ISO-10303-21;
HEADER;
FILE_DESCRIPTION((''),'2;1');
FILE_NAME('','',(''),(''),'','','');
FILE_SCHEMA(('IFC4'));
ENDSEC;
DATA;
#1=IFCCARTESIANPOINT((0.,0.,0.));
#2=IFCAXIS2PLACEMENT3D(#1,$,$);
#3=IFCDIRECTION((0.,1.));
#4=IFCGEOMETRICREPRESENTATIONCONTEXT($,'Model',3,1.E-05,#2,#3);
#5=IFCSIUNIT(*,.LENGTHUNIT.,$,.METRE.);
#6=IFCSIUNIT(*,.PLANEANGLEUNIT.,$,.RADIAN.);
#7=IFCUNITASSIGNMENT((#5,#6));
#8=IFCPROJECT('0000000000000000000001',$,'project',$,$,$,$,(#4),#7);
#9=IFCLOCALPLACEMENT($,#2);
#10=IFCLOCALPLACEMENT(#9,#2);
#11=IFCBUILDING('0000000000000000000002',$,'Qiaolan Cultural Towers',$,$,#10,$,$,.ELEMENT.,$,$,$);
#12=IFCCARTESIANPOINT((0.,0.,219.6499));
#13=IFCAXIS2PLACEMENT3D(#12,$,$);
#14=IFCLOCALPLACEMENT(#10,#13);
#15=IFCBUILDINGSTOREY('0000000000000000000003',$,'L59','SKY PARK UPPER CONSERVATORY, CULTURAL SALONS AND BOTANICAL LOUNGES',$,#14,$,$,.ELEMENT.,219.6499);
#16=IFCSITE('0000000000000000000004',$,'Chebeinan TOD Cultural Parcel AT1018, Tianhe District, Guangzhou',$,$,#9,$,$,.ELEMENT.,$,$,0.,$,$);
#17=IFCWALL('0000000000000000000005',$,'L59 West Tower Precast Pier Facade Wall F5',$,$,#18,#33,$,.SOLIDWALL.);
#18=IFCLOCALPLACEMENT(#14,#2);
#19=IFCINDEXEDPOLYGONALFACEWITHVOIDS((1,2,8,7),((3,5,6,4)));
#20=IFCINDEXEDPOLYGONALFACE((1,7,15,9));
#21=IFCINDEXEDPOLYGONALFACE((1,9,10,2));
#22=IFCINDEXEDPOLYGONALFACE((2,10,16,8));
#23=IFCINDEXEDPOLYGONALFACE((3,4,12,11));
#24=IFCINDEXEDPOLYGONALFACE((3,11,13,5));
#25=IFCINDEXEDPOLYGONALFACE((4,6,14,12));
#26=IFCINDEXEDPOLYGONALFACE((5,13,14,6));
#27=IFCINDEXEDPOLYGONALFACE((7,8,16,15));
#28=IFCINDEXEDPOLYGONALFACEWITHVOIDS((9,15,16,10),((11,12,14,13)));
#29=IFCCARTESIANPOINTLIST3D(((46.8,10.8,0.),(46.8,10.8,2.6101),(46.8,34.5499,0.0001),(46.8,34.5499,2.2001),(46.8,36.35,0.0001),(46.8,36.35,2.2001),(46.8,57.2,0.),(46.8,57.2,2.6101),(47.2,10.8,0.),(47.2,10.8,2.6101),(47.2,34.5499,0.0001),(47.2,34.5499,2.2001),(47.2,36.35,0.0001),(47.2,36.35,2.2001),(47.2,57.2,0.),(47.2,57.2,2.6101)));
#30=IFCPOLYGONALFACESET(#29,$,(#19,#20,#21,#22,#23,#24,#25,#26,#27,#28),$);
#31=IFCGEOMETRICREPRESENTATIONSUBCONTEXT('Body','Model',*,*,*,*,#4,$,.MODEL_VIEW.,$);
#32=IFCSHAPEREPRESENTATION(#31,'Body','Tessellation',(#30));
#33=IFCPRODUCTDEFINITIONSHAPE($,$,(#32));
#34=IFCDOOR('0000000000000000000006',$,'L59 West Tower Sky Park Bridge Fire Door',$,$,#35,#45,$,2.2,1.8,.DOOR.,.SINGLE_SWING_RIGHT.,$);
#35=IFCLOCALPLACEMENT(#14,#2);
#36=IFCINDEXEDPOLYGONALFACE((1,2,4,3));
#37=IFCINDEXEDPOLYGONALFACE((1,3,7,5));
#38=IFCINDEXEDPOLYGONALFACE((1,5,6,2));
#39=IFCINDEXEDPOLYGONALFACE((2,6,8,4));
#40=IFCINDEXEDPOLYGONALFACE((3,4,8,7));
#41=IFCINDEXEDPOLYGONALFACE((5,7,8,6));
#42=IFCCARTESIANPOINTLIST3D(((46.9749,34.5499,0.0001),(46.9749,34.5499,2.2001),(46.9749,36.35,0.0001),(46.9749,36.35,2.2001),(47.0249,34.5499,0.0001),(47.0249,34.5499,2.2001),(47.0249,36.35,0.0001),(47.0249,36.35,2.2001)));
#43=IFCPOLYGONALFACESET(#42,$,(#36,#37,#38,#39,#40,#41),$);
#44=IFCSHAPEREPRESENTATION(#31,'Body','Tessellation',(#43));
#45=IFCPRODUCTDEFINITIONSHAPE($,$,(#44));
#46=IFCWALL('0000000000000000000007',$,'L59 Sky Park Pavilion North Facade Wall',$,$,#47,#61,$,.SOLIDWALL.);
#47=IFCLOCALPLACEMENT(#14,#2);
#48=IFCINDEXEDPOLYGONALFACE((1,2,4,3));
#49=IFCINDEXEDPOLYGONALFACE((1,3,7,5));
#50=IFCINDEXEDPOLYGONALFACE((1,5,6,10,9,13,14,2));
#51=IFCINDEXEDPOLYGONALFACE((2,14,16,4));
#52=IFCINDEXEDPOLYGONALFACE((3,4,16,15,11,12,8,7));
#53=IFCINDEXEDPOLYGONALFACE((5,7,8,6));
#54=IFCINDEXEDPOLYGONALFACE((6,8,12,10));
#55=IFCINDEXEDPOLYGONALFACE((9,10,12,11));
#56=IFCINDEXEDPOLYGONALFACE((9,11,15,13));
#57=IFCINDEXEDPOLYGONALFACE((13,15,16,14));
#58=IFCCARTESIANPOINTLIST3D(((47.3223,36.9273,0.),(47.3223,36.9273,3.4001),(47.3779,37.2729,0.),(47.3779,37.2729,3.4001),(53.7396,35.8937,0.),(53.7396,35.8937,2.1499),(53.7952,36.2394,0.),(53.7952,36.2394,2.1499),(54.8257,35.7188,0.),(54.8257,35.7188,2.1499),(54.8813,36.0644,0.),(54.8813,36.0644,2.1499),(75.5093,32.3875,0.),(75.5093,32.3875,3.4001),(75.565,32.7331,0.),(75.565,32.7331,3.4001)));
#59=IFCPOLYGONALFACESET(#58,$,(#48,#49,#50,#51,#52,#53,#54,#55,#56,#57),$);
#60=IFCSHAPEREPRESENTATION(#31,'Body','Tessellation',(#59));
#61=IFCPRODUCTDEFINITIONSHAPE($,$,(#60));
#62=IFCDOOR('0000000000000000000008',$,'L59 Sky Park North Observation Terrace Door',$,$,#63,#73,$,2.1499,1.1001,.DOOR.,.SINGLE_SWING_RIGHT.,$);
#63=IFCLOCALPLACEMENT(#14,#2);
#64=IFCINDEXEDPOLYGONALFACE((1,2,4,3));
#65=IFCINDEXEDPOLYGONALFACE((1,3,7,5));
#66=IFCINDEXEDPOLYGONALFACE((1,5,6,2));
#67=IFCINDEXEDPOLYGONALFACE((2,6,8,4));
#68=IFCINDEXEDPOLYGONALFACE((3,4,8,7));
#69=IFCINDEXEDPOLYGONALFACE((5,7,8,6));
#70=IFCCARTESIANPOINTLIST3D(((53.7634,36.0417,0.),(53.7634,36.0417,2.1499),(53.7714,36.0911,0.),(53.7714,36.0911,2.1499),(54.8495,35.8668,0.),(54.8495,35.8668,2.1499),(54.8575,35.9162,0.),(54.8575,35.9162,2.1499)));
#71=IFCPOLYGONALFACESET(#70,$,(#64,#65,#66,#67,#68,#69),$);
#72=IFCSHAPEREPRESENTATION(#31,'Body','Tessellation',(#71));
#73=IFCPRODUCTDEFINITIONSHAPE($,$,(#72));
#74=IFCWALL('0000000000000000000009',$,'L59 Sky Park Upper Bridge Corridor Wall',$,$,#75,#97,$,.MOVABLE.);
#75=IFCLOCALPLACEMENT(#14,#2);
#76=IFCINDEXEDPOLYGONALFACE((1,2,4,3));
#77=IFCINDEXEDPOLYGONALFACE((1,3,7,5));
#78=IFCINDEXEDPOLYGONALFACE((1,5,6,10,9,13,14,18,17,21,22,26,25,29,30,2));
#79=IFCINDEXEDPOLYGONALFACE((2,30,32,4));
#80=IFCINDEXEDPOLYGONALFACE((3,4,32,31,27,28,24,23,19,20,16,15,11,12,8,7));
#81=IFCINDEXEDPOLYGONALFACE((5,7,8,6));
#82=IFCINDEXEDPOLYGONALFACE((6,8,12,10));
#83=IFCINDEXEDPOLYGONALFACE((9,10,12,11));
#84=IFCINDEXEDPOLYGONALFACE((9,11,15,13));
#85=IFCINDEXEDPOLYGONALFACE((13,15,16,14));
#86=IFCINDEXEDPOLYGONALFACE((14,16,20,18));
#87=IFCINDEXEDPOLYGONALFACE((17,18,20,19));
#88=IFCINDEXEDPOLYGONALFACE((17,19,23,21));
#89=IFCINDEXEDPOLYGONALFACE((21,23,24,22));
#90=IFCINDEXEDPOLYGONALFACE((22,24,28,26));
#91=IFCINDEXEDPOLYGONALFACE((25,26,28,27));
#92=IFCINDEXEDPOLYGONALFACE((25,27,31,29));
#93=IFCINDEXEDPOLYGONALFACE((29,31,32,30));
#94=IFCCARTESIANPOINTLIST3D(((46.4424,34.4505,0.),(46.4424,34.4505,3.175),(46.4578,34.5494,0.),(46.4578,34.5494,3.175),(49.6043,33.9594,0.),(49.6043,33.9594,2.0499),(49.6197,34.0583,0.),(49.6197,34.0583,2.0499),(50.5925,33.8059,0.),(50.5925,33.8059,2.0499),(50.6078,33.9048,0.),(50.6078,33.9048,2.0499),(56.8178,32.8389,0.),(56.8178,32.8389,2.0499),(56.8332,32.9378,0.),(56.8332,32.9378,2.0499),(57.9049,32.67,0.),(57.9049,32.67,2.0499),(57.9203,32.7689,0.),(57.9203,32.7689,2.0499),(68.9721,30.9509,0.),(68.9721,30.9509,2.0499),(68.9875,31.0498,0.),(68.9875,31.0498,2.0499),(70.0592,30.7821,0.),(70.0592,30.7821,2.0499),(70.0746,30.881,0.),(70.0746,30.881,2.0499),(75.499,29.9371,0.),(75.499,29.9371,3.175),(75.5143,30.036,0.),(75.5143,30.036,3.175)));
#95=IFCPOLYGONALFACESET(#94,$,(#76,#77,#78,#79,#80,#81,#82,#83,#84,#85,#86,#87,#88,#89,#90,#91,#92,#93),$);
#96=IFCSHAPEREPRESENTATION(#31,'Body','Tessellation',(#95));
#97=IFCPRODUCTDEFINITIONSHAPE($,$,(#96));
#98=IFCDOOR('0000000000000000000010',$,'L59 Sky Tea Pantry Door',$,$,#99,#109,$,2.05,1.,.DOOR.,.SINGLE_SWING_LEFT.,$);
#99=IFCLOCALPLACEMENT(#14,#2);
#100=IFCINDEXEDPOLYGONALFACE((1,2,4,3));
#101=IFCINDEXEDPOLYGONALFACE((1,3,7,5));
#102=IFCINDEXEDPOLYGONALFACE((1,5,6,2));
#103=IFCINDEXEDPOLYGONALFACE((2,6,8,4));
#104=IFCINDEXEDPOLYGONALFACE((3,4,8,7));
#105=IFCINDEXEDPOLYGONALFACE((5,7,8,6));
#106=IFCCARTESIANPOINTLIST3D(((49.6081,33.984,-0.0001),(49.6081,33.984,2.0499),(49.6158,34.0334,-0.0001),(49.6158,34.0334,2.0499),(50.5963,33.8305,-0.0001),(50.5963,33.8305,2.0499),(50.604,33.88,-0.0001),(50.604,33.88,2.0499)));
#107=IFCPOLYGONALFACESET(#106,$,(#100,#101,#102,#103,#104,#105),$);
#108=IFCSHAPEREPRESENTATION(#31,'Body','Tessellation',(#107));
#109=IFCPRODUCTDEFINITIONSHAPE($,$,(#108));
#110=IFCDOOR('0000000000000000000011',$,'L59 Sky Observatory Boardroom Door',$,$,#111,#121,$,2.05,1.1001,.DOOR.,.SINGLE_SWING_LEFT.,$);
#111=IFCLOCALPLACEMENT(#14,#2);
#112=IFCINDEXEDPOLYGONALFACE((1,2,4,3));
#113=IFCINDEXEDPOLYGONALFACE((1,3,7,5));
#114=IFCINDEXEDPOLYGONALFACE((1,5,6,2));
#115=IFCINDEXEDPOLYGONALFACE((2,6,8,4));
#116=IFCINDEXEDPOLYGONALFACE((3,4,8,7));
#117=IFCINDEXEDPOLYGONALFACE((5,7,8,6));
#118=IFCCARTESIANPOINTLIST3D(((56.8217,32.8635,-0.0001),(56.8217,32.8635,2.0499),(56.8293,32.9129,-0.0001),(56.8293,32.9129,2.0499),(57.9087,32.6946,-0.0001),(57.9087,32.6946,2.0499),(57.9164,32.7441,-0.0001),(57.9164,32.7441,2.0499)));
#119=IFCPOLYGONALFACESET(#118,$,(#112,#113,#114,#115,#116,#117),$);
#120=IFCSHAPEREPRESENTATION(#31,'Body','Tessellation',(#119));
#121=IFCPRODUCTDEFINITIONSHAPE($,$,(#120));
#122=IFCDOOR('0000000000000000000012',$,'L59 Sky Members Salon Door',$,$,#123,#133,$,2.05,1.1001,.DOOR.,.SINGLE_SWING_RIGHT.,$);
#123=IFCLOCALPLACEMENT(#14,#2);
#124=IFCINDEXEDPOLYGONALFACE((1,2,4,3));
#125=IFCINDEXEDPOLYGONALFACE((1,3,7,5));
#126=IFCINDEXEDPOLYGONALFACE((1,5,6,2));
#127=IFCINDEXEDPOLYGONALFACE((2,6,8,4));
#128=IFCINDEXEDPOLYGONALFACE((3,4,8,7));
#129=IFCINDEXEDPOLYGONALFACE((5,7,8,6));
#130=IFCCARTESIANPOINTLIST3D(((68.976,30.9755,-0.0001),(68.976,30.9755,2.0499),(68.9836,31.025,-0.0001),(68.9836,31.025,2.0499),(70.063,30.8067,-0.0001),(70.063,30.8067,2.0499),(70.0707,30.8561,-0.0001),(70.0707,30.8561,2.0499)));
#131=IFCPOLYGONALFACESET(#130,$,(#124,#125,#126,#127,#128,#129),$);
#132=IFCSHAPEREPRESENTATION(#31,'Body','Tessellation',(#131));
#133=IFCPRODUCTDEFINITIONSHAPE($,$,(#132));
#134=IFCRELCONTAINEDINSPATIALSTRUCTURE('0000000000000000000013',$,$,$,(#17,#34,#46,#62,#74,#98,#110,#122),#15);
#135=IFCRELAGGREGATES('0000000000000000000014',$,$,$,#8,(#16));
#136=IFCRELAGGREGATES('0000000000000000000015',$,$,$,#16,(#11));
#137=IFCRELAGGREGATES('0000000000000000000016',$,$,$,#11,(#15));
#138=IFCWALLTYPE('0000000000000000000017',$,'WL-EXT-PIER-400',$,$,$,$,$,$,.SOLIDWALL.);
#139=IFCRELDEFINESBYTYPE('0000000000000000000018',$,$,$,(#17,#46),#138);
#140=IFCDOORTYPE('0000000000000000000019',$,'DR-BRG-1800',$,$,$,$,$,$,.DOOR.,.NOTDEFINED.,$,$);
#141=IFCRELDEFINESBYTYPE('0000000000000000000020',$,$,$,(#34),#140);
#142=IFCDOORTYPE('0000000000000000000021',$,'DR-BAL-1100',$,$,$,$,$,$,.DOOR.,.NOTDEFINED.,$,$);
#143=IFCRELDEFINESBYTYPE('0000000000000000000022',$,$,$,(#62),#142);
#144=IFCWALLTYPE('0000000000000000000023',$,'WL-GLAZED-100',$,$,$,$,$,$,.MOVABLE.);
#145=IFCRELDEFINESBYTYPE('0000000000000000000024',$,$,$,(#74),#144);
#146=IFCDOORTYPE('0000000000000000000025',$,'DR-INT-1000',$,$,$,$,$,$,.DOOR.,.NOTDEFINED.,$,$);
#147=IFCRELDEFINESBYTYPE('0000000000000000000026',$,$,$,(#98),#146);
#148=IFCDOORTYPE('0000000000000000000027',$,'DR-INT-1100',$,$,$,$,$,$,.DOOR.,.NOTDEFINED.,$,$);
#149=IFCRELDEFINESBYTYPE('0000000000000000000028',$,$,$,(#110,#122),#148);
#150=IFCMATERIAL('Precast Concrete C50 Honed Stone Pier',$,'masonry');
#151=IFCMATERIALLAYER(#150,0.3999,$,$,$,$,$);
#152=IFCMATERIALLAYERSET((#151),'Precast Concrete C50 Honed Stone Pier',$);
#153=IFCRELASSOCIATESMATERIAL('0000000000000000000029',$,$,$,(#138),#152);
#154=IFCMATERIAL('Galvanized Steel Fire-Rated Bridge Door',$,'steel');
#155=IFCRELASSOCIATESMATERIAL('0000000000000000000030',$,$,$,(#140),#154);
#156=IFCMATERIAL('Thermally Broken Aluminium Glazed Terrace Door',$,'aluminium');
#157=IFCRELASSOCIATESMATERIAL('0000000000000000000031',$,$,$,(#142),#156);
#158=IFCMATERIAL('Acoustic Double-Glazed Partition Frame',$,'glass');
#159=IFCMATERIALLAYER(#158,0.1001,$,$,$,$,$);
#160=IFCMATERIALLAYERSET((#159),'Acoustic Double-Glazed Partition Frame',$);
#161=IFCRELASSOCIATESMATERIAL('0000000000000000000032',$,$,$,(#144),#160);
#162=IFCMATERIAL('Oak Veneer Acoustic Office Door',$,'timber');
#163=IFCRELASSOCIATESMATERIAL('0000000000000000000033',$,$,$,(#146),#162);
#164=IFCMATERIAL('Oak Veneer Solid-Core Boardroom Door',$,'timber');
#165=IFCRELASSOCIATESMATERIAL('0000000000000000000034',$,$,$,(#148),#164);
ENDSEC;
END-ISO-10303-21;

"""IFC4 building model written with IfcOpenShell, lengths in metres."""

from ifc_helpers import new_model, si_unit, direction, frame, frame_2d, origin, place, context, subcontext, project, spatial, rectangle, extrude, material, layer, layer_set, type_object, element, fill, save


model = new_model("IFC4")

# Units and contexts
model_context = context("Model", 3, precision=1e-05, world=origin(), true_north=direction((0.0, 1.0)))
body_context = subcontext(model_context, "Body", "Model", "MODEL_VIEW")
ifc_project = project(units=[si_unit("LENGTHUNIT", "METRE"), si_unit("PLANEANGLEUNIT", "RADIAN")], contexts=[model_context])

# Site, building, storey
site_placement = place(None, origin())
site = spatial("IfcSite", under=ifc_project, at=site_placement, Name="Chebeinan TOD Cultural Parcel AT1018, Tianhe District, Guangzhou", CompositionType="ELEMENT", RefElevation=0.0)
building_placement = place(site_placement, origin())
building = spatial("IfcBuilding", under=site, at=building_placement, Name="Qiaolan Cultural Towers", CompositionType="ELEMENT")
storey_placement = place(building_placement, frame((0.0, 0.0, 219.6499)))
storey = spatial("IfcBuildingStorey", under=building, at=storey_placement, Name="L59", Description="SKY PARK UPPER CONSERVATORY, CULTURAL SALONS AND BOTANICAL LOUNGES", CompositionType="ELEMENT", Elevation=219.6499)

# Shared definitions
ifc_material_1 = material(Name="Precast Concrete C50 Honed Stone Pier", Category="masonry")
ifc_layer_1 = layer(ifc_material_1, 0.3999)
ifc_layer_set_1 = layer_set([ifc_layer_1], Name="Precast Concrete C50 Honed Stone Pier")
wall_type_1 = type_object("IfcWallType", Name="WL-EXT-PIER-400", PredefinedType="SOLIDWALL", material=ifc_layer_set_1)

# Walls, openings, doors
wall_1_placement = place(storey_placement, frame((47.0, 57.2, 0.0), z_axis=(0.0, 0.0, 1.0), x_axis=(0.0, -1.0, 0.0)))
wall_1 = element("IfcWall", 1, at=wall_1_placement, inside=storey, type_object=wall_type_1, Name="L59 West Tower Precast Pier Facade Wall F5", PredefinedType="SOLIDWALL", context=body_context, shape_type="SweptSolid", body=[
    extrude(rectangle(XDim=46.3999, YDim=0.3999, at=frame_2d((23.2, 0.0))), origin(), (0.0, 0.0, 1.0), 2.6101),
])
opening_1_placement = place(wall_1_placement, frame((20.8501, 0.0, 0.0)))
opening_1 = element("IfcOpeningElement", 2, at=opening_1_placement, cuts=wall_1, PredefinedType="OPENING", context=body_context, shape_type="SweptSolid", body=[
    extrude(rectangle(XDim=1.8, YDim=2.2, at=frame_2d((0.8999, 1.1001))), frame((0.0, 0.21, 0.0), z_axis=(0.0, -1.0, 0.0), x_axis=(1.0, 0.0, 0.0)), (0.0, 0.0, 1.0), 0.4199),
])
ifc_material_2 = material(Name="Galvanized Steel Fire-Rated Bridge Door", Category="steel")
door_type_1 = type_object("IfcDoorType", Name="DR-BRG-1800", OperationType="NOTDEFINED", PredefinedType="DOOR", material=ifc_material_2)
door_1_placement = place(opening_1_placement, origin())
door_1 = element("IfcDoor", 3, at=door_1_placement, inside=storey, type_object=door_type_1, Name="L59 West Tower Sky Park Bridge Fire Door", OperationType="SINGLE_SWING_RIGHT", OverallHeight=2.2, OverallWidth=1.8, PredefinedType="DOOR", context=body_context, shape_type="SweptSolid", body=[
    extrude(rectangle(XDim=1.8, YDim=2.2, at=frame_2d((0.8999, 1.1001))), frame((0.0, 0.0249, 0.0), z_axis=(0.0, -1.0, 0.0), x_axis=(1.0, 0.0, 0.0)), (0.0, 0.0, 1.0), 0.05),
])
fill(opening_1, door_1)
wall_2_placement = place(storey_placement, frame((47.3501, 37.1001, 0.0), z_axis=(0.0, 0.0, 1.0), x_axis=(0.987277, -0.159011, 0.0)))
wall_2 = element("IfcWall", 4, at=wall_2_placement, inside=storey, type_object=wall_type_1, Name="L59 Sky Park Pavilion North Facade Wall", PredefinedType="SOLIDWALL", context=body_context, shape_type="SweptSolid", body=[
    extrude(rectangle(XDim=28.5503, YDim=0.3501, at=frame_2d((14.2751, 0.0))), origin(), (0.0, 0.0, 1.0), 3.4001),
])
opening_2_placement = place(wall_2_placement, frame((6.5, 0.0, 0.0)))
opening_2 = element("IfcOpeningElement", 5, at=opening_2_placement, cuts=wall_2, PredefinedType="OPENING", context=body_context, shape_type="SweptSolid", body=[
    extrude(rectangle(XDim=1.1001, YDim=2.1499, at=frame_2d((0.55, 1.075))), frame((0.0, 0.1851, 0.0), z_axis=(0.0, -1.0, 0.0), x_axis=(1.0, 0.0, 0.0)), (0.0, 0.0, 1.0), 0.3701),
])
ifc_material_3 = material(Name="Thermally Broken Aluminium Glazed Terrace Door", Category="aluminium")
door_type_2 = type_object("IfcDoorType", Name="DR-BAL-1100", OperationType="NOTDEFINED", PredefinedType="DOOR", material=ifc_material_3)
door_2_placement = place(opening_2_placement, origin())
door_2 = element("IfcDoor", 6, at=door_2_placement, inside=storey, type_object=door_type_2, Name="L59 Sky Park North Observation Terrace Door", OperationType="SINGLE_SWING_RIGHT", OverallHeight=2.1499, OverallWidth=1.1001, PredefinedType="DOOR", context=body_context, shape_type="SweptSolid", body=[
    extrude(rectangle(XDim=1.1001, YDim=2.1499, at=frame_2d((0.55, 1.075))), frame((0.0, 0.0249, 0.0), z_axis=(0.0, -1.0, 0.0), x_axis=(1.0, 0.0, 0.0)), (0.0, 0.0, 1.0), 0.05),
])
fill(opening_2, door_2)

# Wall, openings, doors
ifc_material_4 = material(Name="Acoustic Double-Glazed Partition Frame", Category="glass")
ifc_layer_2 = layer(ifc_material_4, 0.1001)
ifc_layer_set_2 = layer_set([ifc_layer_2], Name="Acoustic Double-Glazed Partition Frame")
wall_type_2 = type_object("IfcWallType", Name="WL-GLAZED-100", PredefinedType="MOVABLE", material=ifc_layer_set_2)
wall_3_placement = place(storey_placement, frame((46.45, 34.5, 0.0), z_axis=(0.0, 0.0, 1.0), x_axis=(0.98815, -0.153491, 0.0)))
wall_3 = element("IfcWall", 7, at=wall_3_placement, inside=storey, type_object=wall_type_2, Name="L59 Sky Park Upper Bridge Corridor Wall", PredefinedType="MOVABLE", context=body_context, shape_type="SweptSolid", body=[
    extrude(rectangle(XDim=29.405, YDim=0.1001, at=frame_2d((14.7026, 0.0))), origin(), (0.0, 0.0, 1.0), 3.175),
])
opening_3_placement = place(wall_3_placement, frame((3.2, 0.0, 0.0)))
opening_3 = element("IfcOpeningElement", 8, at=opening_3_placement, cuts=wall_3, PredefinedType="OPENING", context=body_context, shape_type="SweptSolid", body=[
    extrude(rectangle(XDim=1.0, YDim=2.05, at=frame_2d((0.5, 1.0249))), frame((0.0, 0.0601, 0.0), z_axis=(0.0, -1.0, 0.0), x_axis=(1.0, 0.0, 0.0)), (0.0, 0.0, 1.0), 0.1201),
])
opening_4_placement = place(wall_3_placement, frame((10.5, 0.0, 0.0)))
opening_4 = element("IfcOpeningElement", 9, at=opening_4_placement, cuts=wall_3, PredefinedType="OPENING", context=body_context, shape_type="SweptSolid", body=[
    extrude(rectangle(XDim=1.1001, YDim=2.05, at=frame_2d((0.55, 1.0249))), frame((0.0, 0.0601, 0.0), z_axis=(0.0, -1.0, 0.0), x_axis=(1.0, 0.0, 0.0)), (0.0, 0.0, 1.0), 0.1201),
])
opening_5_placement = place(wall_3_placement, frame((22.8, 0.0, 0.0)))
opening_5 = element("IfcOpeningElement", 10, at=opening_5_placement, cuts=wall_3, PredefinedType="OPENING", context=body_context, shape_type="SweptSolid", body=[
    extrude(rectangle(XDim=1.1001, YDim=2.05, at=frame_2d((0.55, 1.0249))), frame((0.0, 0.0601, 0.0), z_axis=(0.0, -1.0, 0.0), x_axis=(1.0, 0.0, 0.0)), (0.0, 0.0, 1.0), 0.1201),
])
ifc_material_5 = material(Name="Oak Veneer Acoustic Office Door", Category="timber")
door_type_3 = type_object("IfcDoorType", Name="DR-INT-1000", OperationType="NOTDEFINED", PredefinedType="DOOR", material=ifc_material_5)
door_3_placement = place(opening_3_placement, origin())
door_3 = element("IfcDoor", 11, at=door_3_placement, inside=storey, type_object=door_type_3, Name="L59 Sky Tea Pantry Door", OperationType="SINGLE_SWING_LEFT", OverallHeight=2.05, OverallWidth=1.0, PredefinedType="DOOR", context=body_context, shape_type="SweptSolid", body=[
    extrude(rectangle(XDim=1.0, YDim=2.05, at=frame_2d((0.5, 1.0249))), frame((0.0, 0.0249, 0.0), z_axis=(0.0, -1.0, 0.0), x_axis=(1.0, 0.0, 0.0)), (0.0, 0.0, 1.0), 0.05),
])
fill(opening_3, door_3)
ifc_material_6 = material(Name="Oak Veneer Solid-Core Boardroom Door", Category="timber")
door_type_4 = type_object("IfcDoorType", Name="DR-INT-1100", OperationType="NOTDEFINED", PredefinedType="DOOR", material=ifc_material_6)
door_4_placement = place(opening_4_placement, origin())
door_4 = element("IfcDoor", 12, at=door_4_placement, inside=storey, type_object=door_type_4, Name="L59 Sky Observatory Boardroom Door", OperationType="SINGLE_SWING_LEFT", OverallHeight=2.05, OverallWidth=1.1001, PredefinedType="DOOR", context=body_context, shape_type="SweptSolid", body=[
    extrude(rectangle(XDim=1.1001, YDim=2.05, at=frame_2d((0.55, 1.0249))), frame((0.0, 0.0249, 0.0), z_axis=(0.0, -1.0, 0.0), x_axis=(1.0, 0.0, 0.0)), (0.0, 0.0, 1.0), 0.05),
])
fill(opening_4, door_4)
door_5_placement = place(opening_5_placement, origin())
door_5 = element("IfcDoor", 13, at=door_5_placement, inside=storey, type_object=door_type_4, Name="L59 Sky Members Salon Door", OperationType="SINGLE_SWING_RIGHT", OverallHeight=2.05, OverallWidth=1.1001, PredefinedType="DOOR", context=body_context, shape_type="SweptSolid", body=[
    extrude(rectangle(XDim=1.1001, YDim=2.05, at=frame_2d((0.55, 1.0249))), frame((0.0, 0.0249, 0.0), z_axis=(0.0, -1.0, 0.0), x_axis=(1.0, 0.0, 0.0)), (0.0, 0.0, 1.0), 0.05),
])
fill(opening_5, door_5)

save(model, "model.ifc")
